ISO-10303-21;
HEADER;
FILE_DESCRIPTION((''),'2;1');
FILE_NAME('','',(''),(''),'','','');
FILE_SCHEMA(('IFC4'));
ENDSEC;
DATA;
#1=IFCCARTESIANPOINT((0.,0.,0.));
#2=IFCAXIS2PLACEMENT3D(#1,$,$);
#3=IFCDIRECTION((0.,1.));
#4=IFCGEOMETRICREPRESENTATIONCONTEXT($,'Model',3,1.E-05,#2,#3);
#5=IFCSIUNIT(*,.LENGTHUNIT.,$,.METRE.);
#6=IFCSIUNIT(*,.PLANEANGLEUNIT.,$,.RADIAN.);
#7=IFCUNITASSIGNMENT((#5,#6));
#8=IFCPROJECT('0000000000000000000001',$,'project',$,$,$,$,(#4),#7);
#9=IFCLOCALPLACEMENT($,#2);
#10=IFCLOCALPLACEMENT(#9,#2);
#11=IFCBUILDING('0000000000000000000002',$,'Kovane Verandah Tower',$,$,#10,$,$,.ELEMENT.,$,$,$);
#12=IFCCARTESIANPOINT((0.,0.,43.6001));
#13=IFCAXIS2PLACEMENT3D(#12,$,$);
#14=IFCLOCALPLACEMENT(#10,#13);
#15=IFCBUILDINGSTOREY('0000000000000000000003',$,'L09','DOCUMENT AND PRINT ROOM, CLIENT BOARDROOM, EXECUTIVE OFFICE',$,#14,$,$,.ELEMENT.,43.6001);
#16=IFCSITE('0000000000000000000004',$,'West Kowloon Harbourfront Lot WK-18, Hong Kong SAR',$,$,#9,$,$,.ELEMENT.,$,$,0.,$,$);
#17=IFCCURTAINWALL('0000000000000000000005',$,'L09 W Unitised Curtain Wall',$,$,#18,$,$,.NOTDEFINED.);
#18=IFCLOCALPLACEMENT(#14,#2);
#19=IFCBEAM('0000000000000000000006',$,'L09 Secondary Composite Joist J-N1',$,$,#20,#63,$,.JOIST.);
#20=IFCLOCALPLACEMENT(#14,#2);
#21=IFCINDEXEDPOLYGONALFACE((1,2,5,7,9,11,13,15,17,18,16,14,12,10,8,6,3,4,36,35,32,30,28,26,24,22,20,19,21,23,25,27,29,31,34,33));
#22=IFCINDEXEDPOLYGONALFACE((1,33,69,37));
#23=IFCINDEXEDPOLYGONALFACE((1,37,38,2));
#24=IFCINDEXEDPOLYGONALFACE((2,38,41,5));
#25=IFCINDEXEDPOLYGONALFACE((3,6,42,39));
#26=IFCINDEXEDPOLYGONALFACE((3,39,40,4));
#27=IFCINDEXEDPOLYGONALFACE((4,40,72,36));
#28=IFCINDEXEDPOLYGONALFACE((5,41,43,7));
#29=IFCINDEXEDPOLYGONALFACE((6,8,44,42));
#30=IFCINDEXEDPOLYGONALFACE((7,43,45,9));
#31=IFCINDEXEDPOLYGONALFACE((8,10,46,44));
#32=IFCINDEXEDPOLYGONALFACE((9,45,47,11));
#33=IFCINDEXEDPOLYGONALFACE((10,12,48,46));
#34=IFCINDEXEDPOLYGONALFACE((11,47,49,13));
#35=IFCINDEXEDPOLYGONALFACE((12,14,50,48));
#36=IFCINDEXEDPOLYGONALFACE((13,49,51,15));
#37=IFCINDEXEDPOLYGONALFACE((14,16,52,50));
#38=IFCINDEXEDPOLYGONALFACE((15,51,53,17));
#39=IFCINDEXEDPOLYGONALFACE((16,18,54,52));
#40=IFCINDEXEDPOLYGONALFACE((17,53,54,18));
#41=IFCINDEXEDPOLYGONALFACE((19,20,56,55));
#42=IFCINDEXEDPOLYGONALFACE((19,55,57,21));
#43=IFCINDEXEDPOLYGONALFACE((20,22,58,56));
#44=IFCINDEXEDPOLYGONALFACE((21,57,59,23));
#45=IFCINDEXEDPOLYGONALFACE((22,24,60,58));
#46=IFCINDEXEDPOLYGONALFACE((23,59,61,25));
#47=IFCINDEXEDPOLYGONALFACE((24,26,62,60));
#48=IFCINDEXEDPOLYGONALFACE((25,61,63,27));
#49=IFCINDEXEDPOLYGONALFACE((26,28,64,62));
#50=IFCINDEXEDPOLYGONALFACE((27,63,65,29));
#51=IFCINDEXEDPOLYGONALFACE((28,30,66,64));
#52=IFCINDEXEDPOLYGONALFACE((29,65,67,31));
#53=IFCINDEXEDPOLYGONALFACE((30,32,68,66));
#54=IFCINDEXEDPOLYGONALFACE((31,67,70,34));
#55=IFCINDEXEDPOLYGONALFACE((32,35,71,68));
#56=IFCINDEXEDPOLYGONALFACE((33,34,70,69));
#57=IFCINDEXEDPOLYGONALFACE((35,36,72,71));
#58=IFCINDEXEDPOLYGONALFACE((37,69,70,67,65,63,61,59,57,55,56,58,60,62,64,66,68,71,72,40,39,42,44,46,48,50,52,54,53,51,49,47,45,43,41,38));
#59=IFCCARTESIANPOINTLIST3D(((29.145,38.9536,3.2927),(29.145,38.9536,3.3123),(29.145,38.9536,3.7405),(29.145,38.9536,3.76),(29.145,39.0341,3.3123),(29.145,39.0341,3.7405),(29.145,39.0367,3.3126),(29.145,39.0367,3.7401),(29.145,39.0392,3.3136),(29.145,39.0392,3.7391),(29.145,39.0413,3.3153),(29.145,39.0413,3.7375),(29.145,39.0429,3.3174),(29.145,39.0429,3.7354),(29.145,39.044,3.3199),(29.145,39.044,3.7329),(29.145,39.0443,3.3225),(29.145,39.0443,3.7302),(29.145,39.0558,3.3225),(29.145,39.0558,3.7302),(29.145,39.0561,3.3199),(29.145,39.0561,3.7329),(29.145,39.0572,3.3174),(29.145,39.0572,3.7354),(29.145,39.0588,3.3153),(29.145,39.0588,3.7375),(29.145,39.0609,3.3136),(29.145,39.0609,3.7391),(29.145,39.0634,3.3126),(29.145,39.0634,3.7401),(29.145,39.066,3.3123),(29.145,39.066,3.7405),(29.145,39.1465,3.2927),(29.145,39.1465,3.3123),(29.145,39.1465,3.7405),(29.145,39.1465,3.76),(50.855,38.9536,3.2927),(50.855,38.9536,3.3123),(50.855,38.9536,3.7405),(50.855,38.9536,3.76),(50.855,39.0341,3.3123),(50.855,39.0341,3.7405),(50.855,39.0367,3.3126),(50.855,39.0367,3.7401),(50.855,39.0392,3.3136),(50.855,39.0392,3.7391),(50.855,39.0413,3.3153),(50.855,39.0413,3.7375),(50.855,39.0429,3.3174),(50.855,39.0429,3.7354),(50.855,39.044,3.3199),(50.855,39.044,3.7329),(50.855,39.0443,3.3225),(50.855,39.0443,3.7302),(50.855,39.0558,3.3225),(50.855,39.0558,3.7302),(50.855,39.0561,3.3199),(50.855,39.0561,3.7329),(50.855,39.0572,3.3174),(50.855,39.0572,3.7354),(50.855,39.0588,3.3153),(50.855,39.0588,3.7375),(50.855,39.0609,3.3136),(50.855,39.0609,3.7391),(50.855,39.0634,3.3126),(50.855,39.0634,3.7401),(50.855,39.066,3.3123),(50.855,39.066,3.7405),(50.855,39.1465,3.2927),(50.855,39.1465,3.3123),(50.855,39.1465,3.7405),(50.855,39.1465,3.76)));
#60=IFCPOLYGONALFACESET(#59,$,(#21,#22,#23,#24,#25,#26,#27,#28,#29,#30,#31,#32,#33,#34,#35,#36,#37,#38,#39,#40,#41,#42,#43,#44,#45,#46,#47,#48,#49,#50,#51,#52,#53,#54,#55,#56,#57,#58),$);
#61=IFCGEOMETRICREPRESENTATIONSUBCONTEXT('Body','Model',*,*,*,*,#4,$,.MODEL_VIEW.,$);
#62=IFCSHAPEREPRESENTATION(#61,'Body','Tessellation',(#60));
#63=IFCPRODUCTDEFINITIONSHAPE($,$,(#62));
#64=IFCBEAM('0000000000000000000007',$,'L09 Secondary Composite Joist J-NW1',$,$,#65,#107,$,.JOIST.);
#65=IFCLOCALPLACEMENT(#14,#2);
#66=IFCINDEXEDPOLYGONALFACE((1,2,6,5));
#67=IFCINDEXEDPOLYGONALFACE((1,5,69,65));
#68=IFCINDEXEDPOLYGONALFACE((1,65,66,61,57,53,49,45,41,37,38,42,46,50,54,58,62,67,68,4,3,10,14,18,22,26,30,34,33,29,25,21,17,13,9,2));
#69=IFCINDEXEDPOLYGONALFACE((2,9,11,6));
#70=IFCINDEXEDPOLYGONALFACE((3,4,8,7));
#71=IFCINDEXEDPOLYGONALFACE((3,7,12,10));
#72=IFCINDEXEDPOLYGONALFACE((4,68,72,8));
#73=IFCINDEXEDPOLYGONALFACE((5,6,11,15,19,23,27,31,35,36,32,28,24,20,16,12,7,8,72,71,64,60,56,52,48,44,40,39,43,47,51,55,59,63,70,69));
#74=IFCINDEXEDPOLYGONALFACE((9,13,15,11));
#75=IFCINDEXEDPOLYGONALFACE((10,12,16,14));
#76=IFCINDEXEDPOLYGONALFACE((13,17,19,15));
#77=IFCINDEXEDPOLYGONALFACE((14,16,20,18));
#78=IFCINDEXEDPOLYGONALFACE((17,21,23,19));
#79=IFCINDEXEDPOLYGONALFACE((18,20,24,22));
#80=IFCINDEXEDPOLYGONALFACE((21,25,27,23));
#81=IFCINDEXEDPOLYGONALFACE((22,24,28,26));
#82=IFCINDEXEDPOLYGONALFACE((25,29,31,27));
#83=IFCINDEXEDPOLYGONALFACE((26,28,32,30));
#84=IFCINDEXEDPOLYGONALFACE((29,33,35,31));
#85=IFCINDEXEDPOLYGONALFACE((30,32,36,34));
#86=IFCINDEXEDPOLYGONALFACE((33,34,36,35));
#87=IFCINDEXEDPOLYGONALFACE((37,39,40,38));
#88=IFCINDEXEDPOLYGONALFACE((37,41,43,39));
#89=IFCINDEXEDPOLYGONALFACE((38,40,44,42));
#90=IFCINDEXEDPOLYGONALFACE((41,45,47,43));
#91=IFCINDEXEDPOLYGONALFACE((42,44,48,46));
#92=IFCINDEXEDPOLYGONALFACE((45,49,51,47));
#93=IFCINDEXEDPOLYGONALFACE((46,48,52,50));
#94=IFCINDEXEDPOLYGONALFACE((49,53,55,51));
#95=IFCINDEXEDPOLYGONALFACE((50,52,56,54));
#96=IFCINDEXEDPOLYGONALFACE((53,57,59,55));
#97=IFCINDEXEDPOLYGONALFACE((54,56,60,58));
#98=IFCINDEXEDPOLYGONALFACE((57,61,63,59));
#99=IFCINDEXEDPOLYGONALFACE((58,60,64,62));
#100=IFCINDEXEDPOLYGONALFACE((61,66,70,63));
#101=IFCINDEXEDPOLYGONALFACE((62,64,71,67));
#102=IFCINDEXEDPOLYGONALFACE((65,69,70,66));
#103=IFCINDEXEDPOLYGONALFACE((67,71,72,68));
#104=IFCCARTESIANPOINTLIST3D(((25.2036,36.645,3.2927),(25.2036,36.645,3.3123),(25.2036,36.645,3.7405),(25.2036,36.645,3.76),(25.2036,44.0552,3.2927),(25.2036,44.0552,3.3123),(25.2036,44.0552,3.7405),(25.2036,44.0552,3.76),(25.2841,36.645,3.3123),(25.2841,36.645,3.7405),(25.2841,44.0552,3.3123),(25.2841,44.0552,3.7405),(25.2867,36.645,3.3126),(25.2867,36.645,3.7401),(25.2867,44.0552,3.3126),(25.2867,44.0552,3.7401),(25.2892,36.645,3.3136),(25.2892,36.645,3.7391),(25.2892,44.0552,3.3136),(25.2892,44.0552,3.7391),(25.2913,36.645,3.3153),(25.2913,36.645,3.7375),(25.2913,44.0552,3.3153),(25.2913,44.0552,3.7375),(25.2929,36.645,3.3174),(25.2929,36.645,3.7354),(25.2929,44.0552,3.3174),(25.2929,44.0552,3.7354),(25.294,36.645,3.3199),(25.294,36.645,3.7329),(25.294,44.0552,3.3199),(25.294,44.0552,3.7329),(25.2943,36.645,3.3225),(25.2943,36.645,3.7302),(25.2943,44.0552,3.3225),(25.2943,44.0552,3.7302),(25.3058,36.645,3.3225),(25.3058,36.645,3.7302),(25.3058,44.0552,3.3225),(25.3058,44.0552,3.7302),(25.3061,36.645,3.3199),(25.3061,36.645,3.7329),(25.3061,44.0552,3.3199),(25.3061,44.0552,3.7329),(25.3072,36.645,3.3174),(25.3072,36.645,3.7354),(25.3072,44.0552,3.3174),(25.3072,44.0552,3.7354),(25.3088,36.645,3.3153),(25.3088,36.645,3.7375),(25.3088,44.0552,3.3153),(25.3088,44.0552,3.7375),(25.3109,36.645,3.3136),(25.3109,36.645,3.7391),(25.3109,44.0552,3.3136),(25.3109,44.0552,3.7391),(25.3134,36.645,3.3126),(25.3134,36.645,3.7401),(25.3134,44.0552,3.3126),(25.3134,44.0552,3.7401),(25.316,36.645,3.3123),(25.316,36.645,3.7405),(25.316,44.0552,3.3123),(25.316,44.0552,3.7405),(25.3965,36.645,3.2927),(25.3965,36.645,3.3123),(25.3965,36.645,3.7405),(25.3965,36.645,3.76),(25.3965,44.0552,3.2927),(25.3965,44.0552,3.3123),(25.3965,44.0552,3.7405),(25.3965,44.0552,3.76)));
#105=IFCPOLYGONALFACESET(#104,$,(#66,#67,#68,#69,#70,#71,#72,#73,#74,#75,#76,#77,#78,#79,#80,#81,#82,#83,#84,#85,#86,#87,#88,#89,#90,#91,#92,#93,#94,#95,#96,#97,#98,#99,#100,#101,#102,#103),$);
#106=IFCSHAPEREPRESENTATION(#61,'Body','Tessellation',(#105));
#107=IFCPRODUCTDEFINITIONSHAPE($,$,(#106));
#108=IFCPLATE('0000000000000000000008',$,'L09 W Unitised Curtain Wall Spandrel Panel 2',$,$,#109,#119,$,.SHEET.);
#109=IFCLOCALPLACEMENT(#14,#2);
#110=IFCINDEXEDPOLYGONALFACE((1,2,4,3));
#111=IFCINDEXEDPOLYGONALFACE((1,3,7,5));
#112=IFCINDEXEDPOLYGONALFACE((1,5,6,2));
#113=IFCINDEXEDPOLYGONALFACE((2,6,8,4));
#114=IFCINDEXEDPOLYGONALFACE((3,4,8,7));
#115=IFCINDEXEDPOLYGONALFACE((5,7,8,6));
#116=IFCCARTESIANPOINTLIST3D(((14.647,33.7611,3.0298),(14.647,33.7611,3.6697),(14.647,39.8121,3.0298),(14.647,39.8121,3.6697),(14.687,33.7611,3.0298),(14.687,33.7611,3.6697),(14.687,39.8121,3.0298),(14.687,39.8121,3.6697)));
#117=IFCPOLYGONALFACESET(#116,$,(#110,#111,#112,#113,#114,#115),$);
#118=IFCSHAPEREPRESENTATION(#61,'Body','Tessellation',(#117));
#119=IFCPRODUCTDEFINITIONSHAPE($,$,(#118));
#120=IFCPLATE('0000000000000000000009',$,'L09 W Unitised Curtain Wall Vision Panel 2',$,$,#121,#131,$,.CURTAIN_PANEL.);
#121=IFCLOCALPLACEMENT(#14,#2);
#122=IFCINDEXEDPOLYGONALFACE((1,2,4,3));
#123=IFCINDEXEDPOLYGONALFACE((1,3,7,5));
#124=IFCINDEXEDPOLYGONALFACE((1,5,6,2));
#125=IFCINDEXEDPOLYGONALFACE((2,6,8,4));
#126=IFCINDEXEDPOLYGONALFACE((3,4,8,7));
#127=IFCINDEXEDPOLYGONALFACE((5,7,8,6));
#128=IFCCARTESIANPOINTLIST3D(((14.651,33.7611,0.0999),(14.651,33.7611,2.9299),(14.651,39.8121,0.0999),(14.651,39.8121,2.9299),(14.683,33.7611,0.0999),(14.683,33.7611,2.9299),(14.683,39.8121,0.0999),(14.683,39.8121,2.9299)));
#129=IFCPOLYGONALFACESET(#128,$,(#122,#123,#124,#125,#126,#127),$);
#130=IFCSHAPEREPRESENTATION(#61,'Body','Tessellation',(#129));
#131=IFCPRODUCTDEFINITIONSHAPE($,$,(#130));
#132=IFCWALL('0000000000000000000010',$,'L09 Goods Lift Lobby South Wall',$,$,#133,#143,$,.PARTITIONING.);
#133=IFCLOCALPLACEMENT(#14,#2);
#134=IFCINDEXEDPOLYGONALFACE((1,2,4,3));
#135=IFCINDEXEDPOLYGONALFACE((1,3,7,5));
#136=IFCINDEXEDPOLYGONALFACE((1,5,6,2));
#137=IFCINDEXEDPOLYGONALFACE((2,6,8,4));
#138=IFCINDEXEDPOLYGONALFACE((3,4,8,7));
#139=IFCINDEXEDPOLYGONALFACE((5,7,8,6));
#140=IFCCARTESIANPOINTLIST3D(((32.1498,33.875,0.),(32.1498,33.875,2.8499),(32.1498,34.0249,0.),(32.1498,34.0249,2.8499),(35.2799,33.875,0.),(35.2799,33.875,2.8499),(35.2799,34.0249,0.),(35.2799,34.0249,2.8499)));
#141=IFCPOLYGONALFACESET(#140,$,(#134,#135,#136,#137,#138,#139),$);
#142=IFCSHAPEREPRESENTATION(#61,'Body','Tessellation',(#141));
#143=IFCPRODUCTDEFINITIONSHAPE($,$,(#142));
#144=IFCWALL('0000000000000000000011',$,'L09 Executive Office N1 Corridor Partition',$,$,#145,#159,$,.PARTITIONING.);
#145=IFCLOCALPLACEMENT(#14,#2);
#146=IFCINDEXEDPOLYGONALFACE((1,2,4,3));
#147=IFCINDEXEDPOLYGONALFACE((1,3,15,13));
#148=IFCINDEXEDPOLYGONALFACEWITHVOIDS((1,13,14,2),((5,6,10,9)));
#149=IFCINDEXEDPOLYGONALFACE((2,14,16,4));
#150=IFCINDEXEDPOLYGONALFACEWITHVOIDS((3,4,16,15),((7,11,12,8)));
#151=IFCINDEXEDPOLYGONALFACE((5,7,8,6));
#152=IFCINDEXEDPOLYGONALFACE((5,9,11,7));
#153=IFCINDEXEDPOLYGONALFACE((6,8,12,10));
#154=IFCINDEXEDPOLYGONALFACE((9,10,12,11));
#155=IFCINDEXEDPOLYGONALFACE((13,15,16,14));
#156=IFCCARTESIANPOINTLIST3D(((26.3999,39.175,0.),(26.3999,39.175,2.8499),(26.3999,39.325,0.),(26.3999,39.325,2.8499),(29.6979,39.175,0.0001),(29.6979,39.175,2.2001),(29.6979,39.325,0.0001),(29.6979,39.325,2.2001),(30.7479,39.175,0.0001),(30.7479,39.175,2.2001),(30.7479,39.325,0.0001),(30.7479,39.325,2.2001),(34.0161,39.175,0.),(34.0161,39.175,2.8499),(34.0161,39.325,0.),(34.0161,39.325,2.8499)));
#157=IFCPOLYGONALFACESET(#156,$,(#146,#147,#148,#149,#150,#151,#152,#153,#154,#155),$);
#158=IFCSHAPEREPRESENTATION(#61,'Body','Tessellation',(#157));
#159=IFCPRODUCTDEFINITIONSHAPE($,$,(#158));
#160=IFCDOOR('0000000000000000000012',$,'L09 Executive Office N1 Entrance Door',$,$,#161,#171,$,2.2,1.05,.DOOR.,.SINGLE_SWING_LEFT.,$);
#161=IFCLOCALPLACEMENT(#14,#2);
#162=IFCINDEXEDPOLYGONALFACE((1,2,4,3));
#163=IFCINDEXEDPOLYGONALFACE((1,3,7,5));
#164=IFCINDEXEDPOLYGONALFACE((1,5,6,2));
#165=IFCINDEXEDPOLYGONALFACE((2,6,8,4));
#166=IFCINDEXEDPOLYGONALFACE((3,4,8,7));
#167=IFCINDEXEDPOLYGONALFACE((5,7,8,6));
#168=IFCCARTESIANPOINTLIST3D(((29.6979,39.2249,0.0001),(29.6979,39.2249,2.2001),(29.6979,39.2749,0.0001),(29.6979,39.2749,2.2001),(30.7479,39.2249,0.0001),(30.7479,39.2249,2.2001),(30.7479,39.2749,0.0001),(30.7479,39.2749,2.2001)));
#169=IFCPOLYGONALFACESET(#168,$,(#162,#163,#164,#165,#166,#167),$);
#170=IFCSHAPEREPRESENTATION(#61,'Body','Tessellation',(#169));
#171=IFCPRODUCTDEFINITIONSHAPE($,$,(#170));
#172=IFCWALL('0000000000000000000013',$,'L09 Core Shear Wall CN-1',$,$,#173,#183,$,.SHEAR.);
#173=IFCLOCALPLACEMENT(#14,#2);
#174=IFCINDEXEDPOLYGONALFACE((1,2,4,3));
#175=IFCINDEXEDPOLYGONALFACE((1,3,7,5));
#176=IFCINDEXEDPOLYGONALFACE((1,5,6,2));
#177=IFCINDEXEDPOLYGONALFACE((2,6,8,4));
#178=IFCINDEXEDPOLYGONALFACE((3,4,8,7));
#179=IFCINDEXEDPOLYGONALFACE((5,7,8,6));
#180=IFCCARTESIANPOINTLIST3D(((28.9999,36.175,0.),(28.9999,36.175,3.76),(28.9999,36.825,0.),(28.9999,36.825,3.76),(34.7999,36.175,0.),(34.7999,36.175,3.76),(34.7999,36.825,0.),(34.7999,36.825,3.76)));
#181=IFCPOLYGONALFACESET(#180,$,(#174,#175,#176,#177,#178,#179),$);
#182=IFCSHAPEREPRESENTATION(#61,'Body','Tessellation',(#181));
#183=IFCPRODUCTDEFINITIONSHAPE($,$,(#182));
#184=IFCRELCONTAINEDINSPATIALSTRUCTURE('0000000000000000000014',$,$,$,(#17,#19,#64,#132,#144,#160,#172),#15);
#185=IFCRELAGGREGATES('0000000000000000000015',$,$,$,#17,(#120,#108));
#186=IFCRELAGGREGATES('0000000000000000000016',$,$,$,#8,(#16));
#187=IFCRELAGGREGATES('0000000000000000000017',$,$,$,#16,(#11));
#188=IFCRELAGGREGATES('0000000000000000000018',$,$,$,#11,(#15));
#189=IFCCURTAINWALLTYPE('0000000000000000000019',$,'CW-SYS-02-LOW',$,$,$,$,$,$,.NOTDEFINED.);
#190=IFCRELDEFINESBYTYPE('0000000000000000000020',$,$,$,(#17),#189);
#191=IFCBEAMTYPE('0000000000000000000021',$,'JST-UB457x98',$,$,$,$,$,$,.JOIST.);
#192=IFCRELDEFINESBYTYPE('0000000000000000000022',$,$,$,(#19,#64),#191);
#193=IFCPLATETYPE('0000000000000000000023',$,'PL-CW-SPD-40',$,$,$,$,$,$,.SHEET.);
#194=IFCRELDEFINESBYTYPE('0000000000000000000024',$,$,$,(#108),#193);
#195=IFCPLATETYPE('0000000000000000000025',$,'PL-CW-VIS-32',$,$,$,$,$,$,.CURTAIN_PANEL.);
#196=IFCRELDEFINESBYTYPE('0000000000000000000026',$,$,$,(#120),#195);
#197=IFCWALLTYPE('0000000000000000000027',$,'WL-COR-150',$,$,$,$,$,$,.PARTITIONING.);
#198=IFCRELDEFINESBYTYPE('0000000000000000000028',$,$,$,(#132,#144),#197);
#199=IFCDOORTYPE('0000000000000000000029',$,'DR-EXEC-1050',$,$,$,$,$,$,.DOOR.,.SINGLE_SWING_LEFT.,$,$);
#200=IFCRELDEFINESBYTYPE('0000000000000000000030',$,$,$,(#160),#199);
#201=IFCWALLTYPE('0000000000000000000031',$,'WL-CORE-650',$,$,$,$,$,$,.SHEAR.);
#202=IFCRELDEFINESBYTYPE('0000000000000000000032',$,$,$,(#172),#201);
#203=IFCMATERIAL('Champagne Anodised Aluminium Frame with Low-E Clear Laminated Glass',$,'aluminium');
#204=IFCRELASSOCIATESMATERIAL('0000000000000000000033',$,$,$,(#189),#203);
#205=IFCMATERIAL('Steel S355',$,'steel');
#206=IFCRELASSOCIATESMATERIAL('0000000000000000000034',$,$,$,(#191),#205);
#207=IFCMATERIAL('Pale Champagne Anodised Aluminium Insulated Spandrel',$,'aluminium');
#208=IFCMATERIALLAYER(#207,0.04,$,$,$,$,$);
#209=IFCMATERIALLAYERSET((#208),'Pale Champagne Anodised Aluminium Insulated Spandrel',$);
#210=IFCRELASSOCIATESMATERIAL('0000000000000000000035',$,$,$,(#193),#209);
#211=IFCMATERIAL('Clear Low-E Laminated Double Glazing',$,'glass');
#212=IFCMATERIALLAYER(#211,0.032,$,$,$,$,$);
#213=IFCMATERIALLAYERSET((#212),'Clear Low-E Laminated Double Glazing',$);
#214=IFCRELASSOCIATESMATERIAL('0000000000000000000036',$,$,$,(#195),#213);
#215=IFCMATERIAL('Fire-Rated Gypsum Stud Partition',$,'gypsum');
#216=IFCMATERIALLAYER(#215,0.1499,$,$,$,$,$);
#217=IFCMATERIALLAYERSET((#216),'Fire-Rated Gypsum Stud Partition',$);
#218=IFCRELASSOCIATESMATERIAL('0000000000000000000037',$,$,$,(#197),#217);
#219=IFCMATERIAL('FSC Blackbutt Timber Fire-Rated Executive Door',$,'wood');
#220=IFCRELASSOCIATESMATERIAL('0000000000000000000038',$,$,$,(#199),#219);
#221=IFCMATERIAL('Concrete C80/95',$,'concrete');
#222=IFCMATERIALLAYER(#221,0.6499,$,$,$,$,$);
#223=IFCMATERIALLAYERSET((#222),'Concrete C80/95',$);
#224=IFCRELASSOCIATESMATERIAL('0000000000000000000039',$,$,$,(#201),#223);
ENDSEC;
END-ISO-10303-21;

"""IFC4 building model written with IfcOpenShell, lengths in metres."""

from ifc_helpers import new_model, si_unit, direction, frame, frame_2d, origin, origin_2d, place, context, subcontext, project, spatial, rectangle, i_section, extrude, material, layer, layer_set, material_profile, profile_set, type_object, element, fill, aggregate, save


model = new_model("IFC4")

# Units and contexts
model_context = context("Model", 3, precision=1e-05, world=origin(), true_north=direction((0.0, 1.0)))
body_context = subcontext(model_context, "Body", "Model", "MODEL_VIEW")
ifc_project = project(units=[si_unit("LENGTHUNIT", "METRE"), si_unit("PLANEANGLEUNIT", "RADIAN")], contexts=[model_context])

# Site, building, storey
site_placement = place(None, origin())
site = spatial("IfcSite", under=ifc_project, at=site_placement, Name="West Kowloon Harbourfront Lot WK-18, Hong Kong SAR", CompositionType="ELEMENT", RefElevation=0.0)
building_placement = place(site_placement, origin())
building = spatial("IfcBuilding", under=site, at=building_placement, Name="Kovane Verandah Tower", CompositionType="ELEMENT")
storey_placement = place(building_placement, frame((0.0, 0.0, 43.6001)))
storey = spatial("IfcBuildingStorey", under=building, at=storey_placement, Name="L09", Description="DOCUMENT AND PRINT ROOM, CLIENT BOARDROOM, EXECUTIVE OFFICE", CompositionType="ELEMENT", Elevation=43.6001)

# Shared definitions
ifc_material_1 = material(Name="Concrete C80/95", Category="concrete")

# Shared definitions
ifc_material_2 = material(Name="Steel S355", Category="steel")

# Curtain wall
ifc_material_3 = material(Name="Champagne Anodised Aluminium Frame with Low-E Clear Laminated Glass", Category="aluminium")
curtain_wall_type = type_object("IfcCurtainWallType", Name="CW-SYS-02-LOW", PredefinedType="NOTDEFINED", material=ifc_material_3)
curtain_wall_placement = place(storey_placement, origin())
curtain_wall = element("IfcCurtainWall", 1, at=curtain_wall_placement, inside=storey, type_object=curtain_wall_type, Name="L09 W Unitised Curtain Wall", PredefinedType="NOTDEFINED")

# Beams
ifc_material_profile_1 = material_profile(ifc_material_2, i_section(OverallWidth=0.1929, OverallDepth=0.4673, WebThickness=0.0115, FlangeThickness=0.0195, FilletRadius=0.0103, at=origin_2d()), Name="UB457x191x98")
ifc_profile_set_1 = profile_set([ifc_material_profile_1], Name="Steel S355")
beam_type_1 = type_object("IfcBeamType", Name="JST-UB457x98", PredefinedType="JOIST", material=ifc_profile_set_1)
beam_1_placement = place(storey_placement, frame((29.145, 39.05, 3.5264), z_axis=(1.0, 0.0, 0.0), x_axis=(0.0, 1.0, 0.0)))
element("IfcBeam", 2, at=beam_1_placement, inside=storey, type_object=beam_type_1, Name="L09 Secondary Composite Joist J-N1", PredefinedType="JOIST", context=body_context, shape_type="SweptSolid", body=[
    extrude(i_section(OverallWidth=0.1929, OverallDepth=0.4673, WebThickness=0.0115, FlangeThickness=0.0195, FilletRadius=0.0103, at=origin_2d()), origin(), (0.0, 0.0, 1.0), 21.71),
])
beam_2_placement = place(storey_placement, frame((25.3, 36.645, 3.5264), z_axis=(0.0, 1.0, 0.0), x_axis=(-1.0, 0.0, 0.0)))
element("IfcBeam", 3, at=beam_2_placement, inside=storey, type_object=beam_type_1, Name="L09 Secondary Composite Joist J-NW1", PredefinedType="JOIST", context=body_context, shape_type="SweptSolid", body=[
    extrude(i_section(OverallWidth=0.1929, OverallDepth=0.4673, WebThickness=0.0115, FlangeThickness=0.0195, FilletRadius=0.0103, at=origin_2d()), origin(), (0.0, 0.0, 1.0), 7.4102),
])

# Plates
ifc_material_4 = material(Name="Pale Champagne Anodised Aluminium Insulated Spandrel", Category="aluminium")
ifc_layer_1 = layer(ifc_material_4, 0.04)
ifc_layer_set_1 = layer_set([ifc_layer_1], Name="Pale Champagne Anodised Aluminium Insulated Spandrel")
plate_type_1 = type_object("IfcPlateType", Name="PL-CW-SPD-40", PredefinedType="SHEET", material=ifc_layer_set_1)
plate_1_placement = place(storey_placement, frame((14.667, 36.7866, 3.0298), z_axis=(0.0, 0.0, 1.0), x_axis=(0.0, -1.0, 0.0)))
plate_1 = element("IfcPlate", 4, at=plate_1_placement, type_object=plate_type_1, Name="L09 W Unitised Curtain Wall Spandrel Panel 2", PredefinedType="SHEET", context=body_context, shape_type="SweptSolid", body=[
    extrude(rectangle(XDim=6.051, YDim=0.04, at=origin_2d()), origin(), (0.0, 0.0, 1.0), 0.6399),
])
ifc_material_5 = material(Name="Clear Low-E Laminated Double Glazing", Category="glass")
ifc_layer_2 = layer(ifc_material_5, 0.032)
ifc_layer_set_2 = layer_set([ifc_layer_2], Name="Clear Low-E Laminated Double Glazing")
plate_type_2 = type_object("IfcPlateType", Name="PL-CW-VIS-32", PredefinedType="CURTAIN_PANEL", material=ifc_layer_set_2)
plate_2_placement = place(storey_placement, frame((14.667, 36.7866, 0.0999), z_axis=(0.0, 0.0, 1.0), x_axis=(0.0, -1.0, 0.0)))
plate_2 = element("IfcPlate", 5, at=plate_2_placement, type_object=plate_type_2, Name="L09 W Unitised Curtain Wall Vision Panel 2", PredefinedType="CURTAIN_PANEL", context=body_context, shape_type="SweptSolid", body=[
    extrude(rectangle(XDim=6.051, YDim=0.032, at=origin_2d()), origin(), (0.0, 0.0, 1.0), 2.8301),
])
aggregate(curtain_wall, [plate_2, plate_1])

# Wall
ifc_material_6 = material(Name="Fire-Rated Gypsum Stud Partition", Category="gypsum")
ifc_layer_3 = layer(ifc_material_6, 0.1499)
ifc_layer_set_3 = layer_set([ifc_layer_3], Name="Fire-Rated Gypsum Stud Partition")
wall_type_1 = type_object("IfcWallType", Name="WL-COR-150", PredefinedType="PARTITIONING", material=ifc_layer_set_3)
wall_1_placement = place(storey_placement, frame((32.1499, 33.95, 0.0), z_axis=(0.0, 0.0, 1.0), x_axis=(1.0, 0.0, 0.0)))
element("IfcWall", 6, at=wall_1_placement, inside=storey, type_object=wall_type_1, Name="L09 Goods Lift Lobby South Wall", PredefinedType="PARTITIONING", context=body_context, shape_type="SweptSolid", body=[
    extrude(rectangle(XDim=3.1301, YDim=0.1499, at=frame_2d((1.5649, 0.0))), origin(), (0.0, 0.0, 1.0), 2.8499),
])

# Wall, opening, door
wall_2_placement = place(storey_placement, frame((26.3999, 39.25, 0.0), z_axis=(0.0, 0.0, 1.0), x_axis=(1.0, 0.0, 0.0)))
wall_2 = element("IfcWall", 7, at=wall_2_placement, inside=storey, type_object=wall_type_1, Name="L09 Executive Office N1 Corridor Partition", PredefinedType="PARTITIONING", context=body_context, shape_type="SweptSolid", body=[
    extrude(rectangle(XDim=7.6162, YDim=0.1499, at=frame_2d((3.8081, 0.0))), origin(), (0.0, 0.0, 1.0), 2.8499),
])
opening_1_placement = place(wall_2_placement, frame((3.2981, 0.0, 0.0)))
opening_1 = element("IfcOpeningElement", 8, at=opening_1_placement, cuts=wall_2, PredefinedType="OPENING", context=body_context, shape_type="SweptSolid", body=[
    extrude(rectangle(XDim=1.05, YDim=2.2, at=frame_2d((0.5249, 1.1001))), frame((0.0, 0.075, 0.0), z_axis=(0.0, -1.0, 0.0), x_axis=(1.0, 0.0, 0.0)), (0.0, 0.0, 1.0), 0.1499),
])
ifc_material_7 = material(Name="FSC Blackbutt Timber Fire-Rated Executive Door", Category="wood")
door_type_1 = type_object("IfcDoorType", Name="DR-EXEC-1050", OperationType="SINGLE_SWING_LEFT", PredefinedType="DOOR", material=ifc_material_7)
door_1_placement = place(opening_1_placement, origin())
door_1 = element("IfcDoor", 9, at=door_1_placement, inside=storey, type_object=door_type_1, Name="L09 Executive Office N1 Entrance Door", OperationType="SINGLE_SWING_LEFT", OverallHeight=2.2, OverallWidth=1.05, PredefinedType="DOOR", context=body_context, shape_type="SweptSolid", body=[
    extrude(rectangle(XDim=1.05, YDim=2.2, at=frame_2d((0.5249, 1.1001))), frame((0.0, 0.0249, 0.0), z_axis=(0.0, -1.0, 0.0), x_axis=(1.0, 0.0, 0.0)), (0.0, 0.0, 1.0), 0.05),
])
fill(opening_1, door_1)

# Wall
ifc_layer_4 = layer(ifc_material_1, 0.6499)
ifc_layer_set_4 = layer_set([ifc_layer_4], Name="Concrete C80/95")
wall_type_2 = type_object("IfcWallType", Name="WL-CORE-650", PredefinedType="SHEAR", material=ifc_layer_set_4)
wall_3_placement = place(storey_placement, frame((29.0, 36.5, 0.0), z_axis=(0.0, 0.0, 1.0), x_axis=(1.0, 0.0, 0.0)))
element("IfcWall", 10, at=wall_3_placement, inside=storey, type_object=wall_type_2, Name="L09 Core Shear Wall CN-1", PredefinedType="SHEAR", context=body_context, shape_type="SweptSolid", body=[
    extrude(rectangle(XDim=5.8, YDim=0.6499, at=frame_2d((2.8999, 0.0))), origin(), (0.0, 0.0, 1.0), 3.76),
])

save(model, "model.ifc")
